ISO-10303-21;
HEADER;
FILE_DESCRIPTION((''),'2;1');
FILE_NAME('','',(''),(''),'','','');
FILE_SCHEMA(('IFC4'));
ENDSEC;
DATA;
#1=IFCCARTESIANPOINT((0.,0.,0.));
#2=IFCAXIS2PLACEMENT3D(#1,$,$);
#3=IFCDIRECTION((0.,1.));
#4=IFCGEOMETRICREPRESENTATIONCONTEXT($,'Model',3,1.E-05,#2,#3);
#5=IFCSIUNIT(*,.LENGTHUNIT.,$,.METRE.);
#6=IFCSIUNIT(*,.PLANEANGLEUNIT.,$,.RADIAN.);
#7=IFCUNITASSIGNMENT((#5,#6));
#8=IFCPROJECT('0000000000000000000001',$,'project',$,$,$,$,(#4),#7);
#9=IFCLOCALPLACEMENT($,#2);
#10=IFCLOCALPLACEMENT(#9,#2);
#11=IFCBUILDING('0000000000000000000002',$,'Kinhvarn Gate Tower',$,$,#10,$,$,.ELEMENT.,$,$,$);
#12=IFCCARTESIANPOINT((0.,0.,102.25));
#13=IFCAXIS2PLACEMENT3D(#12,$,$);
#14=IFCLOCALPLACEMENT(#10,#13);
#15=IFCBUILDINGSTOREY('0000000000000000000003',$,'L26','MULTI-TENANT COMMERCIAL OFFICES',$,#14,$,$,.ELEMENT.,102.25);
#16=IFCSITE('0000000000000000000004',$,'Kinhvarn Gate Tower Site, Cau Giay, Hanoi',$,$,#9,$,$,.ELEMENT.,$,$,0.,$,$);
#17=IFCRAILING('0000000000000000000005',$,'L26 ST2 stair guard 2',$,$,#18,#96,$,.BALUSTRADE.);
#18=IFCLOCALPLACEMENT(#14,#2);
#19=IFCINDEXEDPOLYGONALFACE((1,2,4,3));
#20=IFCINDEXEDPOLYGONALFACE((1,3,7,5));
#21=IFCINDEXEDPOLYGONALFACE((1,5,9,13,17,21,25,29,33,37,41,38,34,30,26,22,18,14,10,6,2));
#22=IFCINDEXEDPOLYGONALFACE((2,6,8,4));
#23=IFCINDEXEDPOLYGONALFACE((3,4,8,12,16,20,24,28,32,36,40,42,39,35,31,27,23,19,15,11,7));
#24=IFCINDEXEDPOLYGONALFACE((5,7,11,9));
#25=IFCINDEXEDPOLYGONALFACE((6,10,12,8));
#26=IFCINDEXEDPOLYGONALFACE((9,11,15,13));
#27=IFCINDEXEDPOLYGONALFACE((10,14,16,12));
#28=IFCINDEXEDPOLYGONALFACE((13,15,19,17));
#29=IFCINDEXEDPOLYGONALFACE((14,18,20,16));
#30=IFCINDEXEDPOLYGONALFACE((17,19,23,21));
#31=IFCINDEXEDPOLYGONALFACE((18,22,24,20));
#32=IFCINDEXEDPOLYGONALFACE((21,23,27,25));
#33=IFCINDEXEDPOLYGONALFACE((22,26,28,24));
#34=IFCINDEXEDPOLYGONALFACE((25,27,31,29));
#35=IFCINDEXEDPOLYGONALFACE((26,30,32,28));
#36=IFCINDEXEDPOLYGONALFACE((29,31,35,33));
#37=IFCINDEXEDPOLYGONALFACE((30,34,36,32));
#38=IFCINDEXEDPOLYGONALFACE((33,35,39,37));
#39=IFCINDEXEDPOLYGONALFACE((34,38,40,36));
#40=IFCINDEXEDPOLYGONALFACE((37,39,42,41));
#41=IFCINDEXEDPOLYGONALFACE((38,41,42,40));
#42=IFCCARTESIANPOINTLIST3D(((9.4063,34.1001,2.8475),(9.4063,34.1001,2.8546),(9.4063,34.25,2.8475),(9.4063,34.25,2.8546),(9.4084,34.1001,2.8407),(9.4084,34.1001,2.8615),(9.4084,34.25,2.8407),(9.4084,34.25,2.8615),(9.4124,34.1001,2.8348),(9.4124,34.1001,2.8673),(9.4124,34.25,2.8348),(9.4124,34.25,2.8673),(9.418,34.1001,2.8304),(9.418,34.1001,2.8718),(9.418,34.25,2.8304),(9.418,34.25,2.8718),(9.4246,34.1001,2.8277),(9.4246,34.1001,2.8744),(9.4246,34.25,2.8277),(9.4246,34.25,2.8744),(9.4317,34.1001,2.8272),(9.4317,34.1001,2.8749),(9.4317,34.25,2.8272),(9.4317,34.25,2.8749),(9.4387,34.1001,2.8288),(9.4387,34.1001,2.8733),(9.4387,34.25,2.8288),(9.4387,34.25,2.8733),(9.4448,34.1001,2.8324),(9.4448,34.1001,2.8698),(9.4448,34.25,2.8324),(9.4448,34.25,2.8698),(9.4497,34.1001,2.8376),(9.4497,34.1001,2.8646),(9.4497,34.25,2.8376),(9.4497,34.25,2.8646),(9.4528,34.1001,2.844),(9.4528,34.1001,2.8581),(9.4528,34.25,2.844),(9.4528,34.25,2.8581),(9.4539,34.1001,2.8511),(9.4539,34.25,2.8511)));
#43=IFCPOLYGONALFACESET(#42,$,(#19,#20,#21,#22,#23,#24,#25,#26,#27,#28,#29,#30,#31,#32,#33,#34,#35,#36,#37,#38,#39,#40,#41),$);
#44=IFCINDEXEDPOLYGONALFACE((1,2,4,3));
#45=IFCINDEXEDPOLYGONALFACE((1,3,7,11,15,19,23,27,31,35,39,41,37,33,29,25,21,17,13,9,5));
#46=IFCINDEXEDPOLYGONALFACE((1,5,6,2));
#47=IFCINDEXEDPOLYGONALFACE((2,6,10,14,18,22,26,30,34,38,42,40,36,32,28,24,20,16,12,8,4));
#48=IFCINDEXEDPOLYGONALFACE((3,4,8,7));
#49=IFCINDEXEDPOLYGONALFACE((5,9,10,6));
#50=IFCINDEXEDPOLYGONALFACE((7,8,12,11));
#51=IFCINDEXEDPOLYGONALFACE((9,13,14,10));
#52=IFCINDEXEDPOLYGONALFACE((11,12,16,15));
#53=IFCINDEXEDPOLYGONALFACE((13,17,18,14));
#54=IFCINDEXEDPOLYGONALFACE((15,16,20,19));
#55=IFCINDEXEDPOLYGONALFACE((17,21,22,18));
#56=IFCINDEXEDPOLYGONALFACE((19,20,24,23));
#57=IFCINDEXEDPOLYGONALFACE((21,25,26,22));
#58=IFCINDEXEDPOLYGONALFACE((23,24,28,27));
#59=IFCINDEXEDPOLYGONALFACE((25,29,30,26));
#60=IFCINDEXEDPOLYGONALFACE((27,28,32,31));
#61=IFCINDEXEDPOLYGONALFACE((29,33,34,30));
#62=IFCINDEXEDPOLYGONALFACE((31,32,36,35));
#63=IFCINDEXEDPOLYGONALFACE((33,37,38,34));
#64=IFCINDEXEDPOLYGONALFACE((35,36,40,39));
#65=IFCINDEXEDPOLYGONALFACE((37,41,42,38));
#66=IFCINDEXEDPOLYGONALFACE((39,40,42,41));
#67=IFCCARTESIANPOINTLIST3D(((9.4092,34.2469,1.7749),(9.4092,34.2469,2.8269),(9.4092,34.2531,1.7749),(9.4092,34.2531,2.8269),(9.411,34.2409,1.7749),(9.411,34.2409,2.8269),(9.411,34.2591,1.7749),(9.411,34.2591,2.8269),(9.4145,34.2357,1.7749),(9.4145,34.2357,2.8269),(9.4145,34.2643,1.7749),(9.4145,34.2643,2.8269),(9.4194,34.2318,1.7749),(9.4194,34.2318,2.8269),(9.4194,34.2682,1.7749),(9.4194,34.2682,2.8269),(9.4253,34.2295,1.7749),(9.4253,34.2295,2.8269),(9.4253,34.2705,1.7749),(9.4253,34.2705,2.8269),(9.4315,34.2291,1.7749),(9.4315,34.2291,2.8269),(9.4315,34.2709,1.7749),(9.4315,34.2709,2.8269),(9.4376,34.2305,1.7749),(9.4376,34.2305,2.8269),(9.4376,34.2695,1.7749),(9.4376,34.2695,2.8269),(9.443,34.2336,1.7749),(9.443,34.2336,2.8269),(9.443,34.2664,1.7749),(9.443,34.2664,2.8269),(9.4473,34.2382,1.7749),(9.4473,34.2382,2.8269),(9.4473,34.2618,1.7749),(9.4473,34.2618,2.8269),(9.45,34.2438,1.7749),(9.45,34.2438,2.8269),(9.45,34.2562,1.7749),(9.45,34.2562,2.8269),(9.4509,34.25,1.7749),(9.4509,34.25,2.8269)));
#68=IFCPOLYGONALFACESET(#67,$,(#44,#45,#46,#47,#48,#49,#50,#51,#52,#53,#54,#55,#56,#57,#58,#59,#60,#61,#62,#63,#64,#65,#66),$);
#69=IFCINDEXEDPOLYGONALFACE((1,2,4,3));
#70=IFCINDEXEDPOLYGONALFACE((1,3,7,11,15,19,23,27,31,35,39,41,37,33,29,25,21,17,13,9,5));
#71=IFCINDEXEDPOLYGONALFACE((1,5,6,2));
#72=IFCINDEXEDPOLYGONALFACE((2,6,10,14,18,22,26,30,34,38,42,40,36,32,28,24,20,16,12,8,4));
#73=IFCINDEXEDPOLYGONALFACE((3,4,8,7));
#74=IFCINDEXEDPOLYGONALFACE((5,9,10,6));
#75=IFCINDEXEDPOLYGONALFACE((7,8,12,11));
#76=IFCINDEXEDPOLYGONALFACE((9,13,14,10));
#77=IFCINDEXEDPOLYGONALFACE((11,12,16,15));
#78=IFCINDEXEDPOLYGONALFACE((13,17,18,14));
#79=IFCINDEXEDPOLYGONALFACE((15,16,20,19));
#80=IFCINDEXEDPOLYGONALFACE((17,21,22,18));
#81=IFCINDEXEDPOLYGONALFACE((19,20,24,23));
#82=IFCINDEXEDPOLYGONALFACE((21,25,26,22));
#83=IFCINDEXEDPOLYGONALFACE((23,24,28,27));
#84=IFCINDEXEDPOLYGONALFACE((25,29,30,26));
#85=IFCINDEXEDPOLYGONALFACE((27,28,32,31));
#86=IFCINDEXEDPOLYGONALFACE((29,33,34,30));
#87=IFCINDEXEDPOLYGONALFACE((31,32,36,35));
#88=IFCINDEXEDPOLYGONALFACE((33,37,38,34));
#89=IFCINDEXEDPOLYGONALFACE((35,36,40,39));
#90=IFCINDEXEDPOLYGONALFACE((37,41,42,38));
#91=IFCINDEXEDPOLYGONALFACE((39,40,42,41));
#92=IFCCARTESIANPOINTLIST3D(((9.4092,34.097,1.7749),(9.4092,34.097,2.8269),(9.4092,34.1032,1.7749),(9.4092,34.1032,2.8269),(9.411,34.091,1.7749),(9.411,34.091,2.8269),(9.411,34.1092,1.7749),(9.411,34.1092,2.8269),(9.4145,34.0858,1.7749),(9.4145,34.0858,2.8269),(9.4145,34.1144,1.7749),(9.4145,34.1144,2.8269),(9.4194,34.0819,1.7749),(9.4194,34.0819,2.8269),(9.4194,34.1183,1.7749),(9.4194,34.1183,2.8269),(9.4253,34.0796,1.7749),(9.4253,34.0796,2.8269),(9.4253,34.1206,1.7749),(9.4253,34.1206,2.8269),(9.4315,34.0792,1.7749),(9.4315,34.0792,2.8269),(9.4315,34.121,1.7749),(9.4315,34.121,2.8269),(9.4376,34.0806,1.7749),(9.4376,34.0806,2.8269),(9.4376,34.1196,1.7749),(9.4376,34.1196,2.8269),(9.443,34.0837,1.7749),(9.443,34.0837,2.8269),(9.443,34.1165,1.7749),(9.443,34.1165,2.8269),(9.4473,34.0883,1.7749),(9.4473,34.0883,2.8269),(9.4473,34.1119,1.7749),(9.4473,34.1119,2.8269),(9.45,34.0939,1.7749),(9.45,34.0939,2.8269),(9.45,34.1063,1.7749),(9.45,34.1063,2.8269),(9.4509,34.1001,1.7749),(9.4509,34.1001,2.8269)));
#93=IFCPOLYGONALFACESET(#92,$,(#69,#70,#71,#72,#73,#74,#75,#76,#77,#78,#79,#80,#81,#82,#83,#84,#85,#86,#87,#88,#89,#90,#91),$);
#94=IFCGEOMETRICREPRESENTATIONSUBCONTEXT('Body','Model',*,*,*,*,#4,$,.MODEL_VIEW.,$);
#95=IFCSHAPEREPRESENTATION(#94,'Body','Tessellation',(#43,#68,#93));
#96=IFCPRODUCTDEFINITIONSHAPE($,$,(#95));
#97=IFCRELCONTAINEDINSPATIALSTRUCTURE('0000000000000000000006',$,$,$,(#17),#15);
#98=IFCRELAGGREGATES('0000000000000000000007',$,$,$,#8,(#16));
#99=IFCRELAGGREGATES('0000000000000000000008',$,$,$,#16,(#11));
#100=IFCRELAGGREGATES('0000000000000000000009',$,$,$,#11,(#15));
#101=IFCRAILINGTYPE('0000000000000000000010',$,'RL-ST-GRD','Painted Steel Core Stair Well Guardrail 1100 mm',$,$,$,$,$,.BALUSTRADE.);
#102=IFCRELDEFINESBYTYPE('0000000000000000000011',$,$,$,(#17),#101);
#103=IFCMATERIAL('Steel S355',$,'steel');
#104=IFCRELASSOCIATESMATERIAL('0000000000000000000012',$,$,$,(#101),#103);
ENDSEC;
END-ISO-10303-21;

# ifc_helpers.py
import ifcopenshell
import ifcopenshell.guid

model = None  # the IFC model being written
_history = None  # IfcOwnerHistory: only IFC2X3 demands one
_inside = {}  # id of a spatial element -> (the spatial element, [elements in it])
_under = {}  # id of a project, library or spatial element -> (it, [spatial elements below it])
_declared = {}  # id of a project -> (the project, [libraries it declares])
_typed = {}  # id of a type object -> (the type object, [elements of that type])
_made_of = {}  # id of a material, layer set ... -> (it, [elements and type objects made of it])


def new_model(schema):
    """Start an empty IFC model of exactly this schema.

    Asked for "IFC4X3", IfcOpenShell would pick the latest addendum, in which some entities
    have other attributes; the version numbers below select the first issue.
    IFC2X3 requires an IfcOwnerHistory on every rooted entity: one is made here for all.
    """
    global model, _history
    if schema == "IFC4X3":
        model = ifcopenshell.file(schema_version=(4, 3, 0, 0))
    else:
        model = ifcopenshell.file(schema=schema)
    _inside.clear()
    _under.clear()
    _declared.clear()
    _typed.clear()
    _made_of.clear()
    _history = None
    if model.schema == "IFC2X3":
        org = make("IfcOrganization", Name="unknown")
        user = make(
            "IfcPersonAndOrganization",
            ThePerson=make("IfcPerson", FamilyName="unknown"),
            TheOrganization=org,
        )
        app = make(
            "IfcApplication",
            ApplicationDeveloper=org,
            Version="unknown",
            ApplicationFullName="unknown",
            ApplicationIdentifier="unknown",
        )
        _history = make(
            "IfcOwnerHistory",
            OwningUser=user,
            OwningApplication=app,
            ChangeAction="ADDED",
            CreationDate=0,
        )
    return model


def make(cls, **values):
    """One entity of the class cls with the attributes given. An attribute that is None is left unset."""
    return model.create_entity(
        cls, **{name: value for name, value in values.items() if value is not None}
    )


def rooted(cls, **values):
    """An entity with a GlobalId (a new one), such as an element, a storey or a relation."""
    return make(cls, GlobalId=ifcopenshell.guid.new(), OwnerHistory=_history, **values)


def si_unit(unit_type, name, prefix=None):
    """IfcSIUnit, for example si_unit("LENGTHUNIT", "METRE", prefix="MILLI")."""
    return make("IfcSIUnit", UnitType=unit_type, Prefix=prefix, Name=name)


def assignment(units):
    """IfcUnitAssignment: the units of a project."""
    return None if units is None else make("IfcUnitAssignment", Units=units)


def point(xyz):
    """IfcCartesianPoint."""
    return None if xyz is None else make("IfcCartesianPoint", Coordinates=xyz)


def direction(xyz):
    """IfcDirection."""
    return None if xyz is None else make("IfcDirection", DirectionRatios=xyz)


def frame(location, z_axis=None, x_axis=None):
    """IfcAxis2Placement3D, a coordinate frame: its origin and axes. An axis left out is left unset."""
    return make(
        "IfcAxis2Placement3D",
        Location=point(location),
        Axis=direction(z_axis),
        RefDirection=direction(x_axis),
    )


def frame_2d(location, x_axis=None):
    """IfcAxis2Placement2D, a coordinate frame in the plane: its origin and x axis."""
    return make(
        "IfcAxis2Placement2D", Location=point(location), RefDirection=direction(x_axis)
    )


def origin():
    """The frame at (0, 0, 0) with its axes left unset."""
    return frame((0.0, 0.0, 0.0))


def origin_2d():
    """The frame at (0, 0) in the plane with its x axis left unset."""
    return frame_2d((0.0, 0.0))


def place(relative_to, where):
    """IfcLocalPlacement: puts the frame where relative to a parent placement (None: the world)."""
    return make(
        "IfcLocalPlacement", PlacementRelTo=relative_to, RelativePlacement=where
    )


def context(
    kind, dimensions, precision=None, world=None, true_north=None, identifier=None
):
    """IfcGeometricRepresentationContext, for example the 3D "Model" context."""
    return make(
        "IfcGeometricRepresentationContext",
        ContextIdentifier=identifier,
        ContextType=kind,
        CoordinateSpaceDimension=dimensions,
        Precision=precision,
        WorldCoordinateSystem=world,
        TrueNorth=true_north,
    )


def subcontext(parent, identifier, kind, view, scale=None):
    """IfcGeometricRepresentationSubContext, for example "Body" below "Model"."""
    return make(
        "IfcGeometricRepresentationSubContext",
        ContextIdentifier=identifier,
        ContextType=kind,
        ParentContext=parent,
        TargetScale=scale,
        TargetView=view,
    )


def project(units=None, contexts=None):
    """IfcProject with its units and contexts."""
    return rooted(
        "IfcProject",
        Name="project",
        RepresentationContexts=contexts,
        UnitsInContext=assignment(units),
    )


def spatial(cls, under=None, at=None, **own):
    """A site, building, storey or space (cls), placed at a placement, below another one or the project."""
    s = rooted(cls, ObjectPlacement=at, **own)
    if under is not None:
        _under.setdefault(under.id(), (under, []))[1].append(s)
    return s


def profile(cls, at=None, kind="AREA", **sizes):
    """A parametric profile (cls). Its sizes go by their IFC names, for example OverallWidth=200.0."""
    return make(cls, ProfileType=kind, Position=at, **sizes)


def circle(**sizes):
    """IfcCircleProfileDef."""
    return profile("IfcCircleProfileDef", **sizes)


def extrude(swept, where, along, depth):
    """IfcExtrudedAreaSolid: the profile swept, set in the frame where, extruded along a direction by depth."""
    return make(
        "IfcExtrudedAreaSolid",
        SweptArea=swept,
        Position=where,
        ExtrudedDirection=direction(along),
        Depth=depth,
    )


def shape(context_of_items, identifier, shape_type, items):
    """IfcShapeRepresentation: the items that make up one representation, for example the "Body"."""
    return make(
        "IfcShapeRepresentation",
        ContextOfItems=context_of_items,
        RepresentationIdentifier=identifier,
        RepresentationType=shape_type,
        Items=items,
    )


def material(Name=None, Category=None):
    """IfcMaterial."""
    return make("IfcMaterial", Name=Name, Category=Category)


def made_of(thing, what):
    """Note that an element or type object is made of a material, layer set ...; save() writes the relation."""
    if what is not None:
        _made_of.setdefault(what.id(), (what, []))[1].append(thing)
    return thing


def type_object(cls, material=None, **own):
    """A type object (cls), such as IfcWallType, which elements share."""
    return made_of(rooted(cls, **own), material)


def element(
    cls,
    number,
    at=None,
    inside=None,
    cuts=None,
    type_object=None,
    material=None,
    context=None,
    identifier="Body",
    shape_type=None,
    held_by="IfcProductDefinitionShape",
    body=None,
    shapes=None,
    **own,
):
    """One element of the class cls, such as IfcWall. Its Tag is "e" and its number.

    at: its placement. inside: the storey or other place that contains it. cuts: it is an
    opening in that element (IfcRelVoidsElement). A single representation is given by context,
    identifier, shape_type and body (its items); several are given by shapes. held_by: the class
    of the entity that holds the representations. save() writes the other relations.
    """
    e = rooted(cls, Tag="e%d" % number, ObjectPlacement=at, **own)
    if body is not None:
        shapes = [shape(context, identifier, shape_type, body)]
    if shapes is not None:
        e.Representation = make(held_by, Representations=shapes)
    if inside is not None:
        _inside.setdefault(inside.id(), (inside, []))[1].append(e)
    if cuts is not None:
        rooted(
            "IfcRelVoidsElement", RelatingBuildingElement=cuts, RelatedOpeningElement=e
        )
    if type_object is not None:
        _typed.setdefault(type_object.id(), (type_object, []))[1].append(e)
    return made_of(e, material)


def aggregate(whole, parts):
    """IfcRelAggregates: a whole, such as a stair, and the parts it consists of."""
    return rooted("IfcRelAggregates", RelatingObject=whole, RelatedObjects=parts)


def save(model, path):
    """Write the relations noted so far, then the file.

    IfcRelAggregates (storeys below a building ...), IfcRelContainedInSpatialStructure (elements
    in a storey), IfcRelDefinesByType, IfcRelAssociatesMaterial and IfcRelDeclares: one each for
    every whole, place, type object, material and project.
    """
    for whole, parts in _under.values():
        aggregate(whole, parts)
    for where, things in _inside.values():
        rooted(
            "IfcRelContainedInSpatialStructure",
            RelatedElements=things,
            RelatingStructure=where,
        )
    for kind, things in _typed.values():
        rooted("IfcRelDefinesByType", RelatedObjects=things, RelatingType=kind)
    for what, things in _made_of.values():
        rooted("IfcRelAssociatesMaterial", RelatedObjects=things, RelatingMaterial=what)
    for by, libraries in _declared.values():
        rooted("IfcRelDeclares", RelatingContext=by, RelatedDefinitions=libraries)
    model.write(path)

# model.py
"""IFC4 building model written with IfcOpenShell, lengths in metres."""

from ifc_helpers import new_model, si_unit, direction, frame, origin, origin_2d, place, context, subcontext, project, spatial, circle, extrude, material, type_object, element, save


model = new_model("IFC4")

# Units and contexts
model_context = context("Model", 3, precision=1e-05, world=origin(), true_north=direction((0.0, 1.0)))
body_context = subcontext(model_context, "Body", "Model", "MODEL_VIEW")
ifc_project = project(units=[si_unit("LENGTHUNIT", "METRE"), si_unit("PLANEANGLEUNIT", "RADIAN")], contexts=[model_context])

# Site, building, storey
site_placement = place(None, origin())
site = spatial("IfcSite", under=ifc_project, at=site_placement, Name="Kinhvarn Gate Tower Site, Cau Giay, Hanoi", CompositionType="ELEMENT", RefElevation=0.0)
building_placement = place(site_placement, origin())
building = spatial("IfcBuilding", under=site, at=building_placement, Name="Kinhvarn Gate Tower", CompositionType="ELEMENT")
storey_placement = place(building_placement, frame((0.0, 0.0, 102.25)))
storey = spatial("IfcBuildingStorey", under=building, at=storey_placement, Name="L26", Description="MULTI-TENANT COMMERCIAL OFFICES", CompositionType="ELEMENT", Elevation=102.25)

# Shared definitions
ifc_material_1 = material(Name="Steel S355", Category="steel")

# Railing
railing_type_1 = type_object("IfcRailingType", Name="RL-ST-GRD", Description="Painted Steel Core Stair Well Guardrail 1100 mm", PredefinedType="BALUSTRADE", material=ifc_material_1)
railing_1_placement = place(storey_placement, frame((9.4299, 34.25, 1.7749)))
element("IfcRailing", 1, at=railing_1_placement, inside=storey, type_object=railing_type_1, Name="L26 ST2 stair guard 2", PredefinedType="BALUSTRADE", context=body_context, shape_type="SweptSolid", body=[
    extrude(circle(Radius=0.0239, at=origin_2d()), frame((0.0, 0.0, 1.0762), z_axis=(0.0, -1.0, 0.0), x_axis=(1.0, 0.0, 0.0)), (0.0, 0.0, 1.0), 0.1499),
    extrude(circle(Radius=0.021, at=origin_2d()), origin(), (0.0, 0.0, 1.0), 1.052),
    extrude(circle(Radius=0.021, at=origin_2d()), frame((0.0, -0.1499, 0.0)), (0.0, 0.0, 1.0), 1.052),
])

save(model, "model.ifc")
